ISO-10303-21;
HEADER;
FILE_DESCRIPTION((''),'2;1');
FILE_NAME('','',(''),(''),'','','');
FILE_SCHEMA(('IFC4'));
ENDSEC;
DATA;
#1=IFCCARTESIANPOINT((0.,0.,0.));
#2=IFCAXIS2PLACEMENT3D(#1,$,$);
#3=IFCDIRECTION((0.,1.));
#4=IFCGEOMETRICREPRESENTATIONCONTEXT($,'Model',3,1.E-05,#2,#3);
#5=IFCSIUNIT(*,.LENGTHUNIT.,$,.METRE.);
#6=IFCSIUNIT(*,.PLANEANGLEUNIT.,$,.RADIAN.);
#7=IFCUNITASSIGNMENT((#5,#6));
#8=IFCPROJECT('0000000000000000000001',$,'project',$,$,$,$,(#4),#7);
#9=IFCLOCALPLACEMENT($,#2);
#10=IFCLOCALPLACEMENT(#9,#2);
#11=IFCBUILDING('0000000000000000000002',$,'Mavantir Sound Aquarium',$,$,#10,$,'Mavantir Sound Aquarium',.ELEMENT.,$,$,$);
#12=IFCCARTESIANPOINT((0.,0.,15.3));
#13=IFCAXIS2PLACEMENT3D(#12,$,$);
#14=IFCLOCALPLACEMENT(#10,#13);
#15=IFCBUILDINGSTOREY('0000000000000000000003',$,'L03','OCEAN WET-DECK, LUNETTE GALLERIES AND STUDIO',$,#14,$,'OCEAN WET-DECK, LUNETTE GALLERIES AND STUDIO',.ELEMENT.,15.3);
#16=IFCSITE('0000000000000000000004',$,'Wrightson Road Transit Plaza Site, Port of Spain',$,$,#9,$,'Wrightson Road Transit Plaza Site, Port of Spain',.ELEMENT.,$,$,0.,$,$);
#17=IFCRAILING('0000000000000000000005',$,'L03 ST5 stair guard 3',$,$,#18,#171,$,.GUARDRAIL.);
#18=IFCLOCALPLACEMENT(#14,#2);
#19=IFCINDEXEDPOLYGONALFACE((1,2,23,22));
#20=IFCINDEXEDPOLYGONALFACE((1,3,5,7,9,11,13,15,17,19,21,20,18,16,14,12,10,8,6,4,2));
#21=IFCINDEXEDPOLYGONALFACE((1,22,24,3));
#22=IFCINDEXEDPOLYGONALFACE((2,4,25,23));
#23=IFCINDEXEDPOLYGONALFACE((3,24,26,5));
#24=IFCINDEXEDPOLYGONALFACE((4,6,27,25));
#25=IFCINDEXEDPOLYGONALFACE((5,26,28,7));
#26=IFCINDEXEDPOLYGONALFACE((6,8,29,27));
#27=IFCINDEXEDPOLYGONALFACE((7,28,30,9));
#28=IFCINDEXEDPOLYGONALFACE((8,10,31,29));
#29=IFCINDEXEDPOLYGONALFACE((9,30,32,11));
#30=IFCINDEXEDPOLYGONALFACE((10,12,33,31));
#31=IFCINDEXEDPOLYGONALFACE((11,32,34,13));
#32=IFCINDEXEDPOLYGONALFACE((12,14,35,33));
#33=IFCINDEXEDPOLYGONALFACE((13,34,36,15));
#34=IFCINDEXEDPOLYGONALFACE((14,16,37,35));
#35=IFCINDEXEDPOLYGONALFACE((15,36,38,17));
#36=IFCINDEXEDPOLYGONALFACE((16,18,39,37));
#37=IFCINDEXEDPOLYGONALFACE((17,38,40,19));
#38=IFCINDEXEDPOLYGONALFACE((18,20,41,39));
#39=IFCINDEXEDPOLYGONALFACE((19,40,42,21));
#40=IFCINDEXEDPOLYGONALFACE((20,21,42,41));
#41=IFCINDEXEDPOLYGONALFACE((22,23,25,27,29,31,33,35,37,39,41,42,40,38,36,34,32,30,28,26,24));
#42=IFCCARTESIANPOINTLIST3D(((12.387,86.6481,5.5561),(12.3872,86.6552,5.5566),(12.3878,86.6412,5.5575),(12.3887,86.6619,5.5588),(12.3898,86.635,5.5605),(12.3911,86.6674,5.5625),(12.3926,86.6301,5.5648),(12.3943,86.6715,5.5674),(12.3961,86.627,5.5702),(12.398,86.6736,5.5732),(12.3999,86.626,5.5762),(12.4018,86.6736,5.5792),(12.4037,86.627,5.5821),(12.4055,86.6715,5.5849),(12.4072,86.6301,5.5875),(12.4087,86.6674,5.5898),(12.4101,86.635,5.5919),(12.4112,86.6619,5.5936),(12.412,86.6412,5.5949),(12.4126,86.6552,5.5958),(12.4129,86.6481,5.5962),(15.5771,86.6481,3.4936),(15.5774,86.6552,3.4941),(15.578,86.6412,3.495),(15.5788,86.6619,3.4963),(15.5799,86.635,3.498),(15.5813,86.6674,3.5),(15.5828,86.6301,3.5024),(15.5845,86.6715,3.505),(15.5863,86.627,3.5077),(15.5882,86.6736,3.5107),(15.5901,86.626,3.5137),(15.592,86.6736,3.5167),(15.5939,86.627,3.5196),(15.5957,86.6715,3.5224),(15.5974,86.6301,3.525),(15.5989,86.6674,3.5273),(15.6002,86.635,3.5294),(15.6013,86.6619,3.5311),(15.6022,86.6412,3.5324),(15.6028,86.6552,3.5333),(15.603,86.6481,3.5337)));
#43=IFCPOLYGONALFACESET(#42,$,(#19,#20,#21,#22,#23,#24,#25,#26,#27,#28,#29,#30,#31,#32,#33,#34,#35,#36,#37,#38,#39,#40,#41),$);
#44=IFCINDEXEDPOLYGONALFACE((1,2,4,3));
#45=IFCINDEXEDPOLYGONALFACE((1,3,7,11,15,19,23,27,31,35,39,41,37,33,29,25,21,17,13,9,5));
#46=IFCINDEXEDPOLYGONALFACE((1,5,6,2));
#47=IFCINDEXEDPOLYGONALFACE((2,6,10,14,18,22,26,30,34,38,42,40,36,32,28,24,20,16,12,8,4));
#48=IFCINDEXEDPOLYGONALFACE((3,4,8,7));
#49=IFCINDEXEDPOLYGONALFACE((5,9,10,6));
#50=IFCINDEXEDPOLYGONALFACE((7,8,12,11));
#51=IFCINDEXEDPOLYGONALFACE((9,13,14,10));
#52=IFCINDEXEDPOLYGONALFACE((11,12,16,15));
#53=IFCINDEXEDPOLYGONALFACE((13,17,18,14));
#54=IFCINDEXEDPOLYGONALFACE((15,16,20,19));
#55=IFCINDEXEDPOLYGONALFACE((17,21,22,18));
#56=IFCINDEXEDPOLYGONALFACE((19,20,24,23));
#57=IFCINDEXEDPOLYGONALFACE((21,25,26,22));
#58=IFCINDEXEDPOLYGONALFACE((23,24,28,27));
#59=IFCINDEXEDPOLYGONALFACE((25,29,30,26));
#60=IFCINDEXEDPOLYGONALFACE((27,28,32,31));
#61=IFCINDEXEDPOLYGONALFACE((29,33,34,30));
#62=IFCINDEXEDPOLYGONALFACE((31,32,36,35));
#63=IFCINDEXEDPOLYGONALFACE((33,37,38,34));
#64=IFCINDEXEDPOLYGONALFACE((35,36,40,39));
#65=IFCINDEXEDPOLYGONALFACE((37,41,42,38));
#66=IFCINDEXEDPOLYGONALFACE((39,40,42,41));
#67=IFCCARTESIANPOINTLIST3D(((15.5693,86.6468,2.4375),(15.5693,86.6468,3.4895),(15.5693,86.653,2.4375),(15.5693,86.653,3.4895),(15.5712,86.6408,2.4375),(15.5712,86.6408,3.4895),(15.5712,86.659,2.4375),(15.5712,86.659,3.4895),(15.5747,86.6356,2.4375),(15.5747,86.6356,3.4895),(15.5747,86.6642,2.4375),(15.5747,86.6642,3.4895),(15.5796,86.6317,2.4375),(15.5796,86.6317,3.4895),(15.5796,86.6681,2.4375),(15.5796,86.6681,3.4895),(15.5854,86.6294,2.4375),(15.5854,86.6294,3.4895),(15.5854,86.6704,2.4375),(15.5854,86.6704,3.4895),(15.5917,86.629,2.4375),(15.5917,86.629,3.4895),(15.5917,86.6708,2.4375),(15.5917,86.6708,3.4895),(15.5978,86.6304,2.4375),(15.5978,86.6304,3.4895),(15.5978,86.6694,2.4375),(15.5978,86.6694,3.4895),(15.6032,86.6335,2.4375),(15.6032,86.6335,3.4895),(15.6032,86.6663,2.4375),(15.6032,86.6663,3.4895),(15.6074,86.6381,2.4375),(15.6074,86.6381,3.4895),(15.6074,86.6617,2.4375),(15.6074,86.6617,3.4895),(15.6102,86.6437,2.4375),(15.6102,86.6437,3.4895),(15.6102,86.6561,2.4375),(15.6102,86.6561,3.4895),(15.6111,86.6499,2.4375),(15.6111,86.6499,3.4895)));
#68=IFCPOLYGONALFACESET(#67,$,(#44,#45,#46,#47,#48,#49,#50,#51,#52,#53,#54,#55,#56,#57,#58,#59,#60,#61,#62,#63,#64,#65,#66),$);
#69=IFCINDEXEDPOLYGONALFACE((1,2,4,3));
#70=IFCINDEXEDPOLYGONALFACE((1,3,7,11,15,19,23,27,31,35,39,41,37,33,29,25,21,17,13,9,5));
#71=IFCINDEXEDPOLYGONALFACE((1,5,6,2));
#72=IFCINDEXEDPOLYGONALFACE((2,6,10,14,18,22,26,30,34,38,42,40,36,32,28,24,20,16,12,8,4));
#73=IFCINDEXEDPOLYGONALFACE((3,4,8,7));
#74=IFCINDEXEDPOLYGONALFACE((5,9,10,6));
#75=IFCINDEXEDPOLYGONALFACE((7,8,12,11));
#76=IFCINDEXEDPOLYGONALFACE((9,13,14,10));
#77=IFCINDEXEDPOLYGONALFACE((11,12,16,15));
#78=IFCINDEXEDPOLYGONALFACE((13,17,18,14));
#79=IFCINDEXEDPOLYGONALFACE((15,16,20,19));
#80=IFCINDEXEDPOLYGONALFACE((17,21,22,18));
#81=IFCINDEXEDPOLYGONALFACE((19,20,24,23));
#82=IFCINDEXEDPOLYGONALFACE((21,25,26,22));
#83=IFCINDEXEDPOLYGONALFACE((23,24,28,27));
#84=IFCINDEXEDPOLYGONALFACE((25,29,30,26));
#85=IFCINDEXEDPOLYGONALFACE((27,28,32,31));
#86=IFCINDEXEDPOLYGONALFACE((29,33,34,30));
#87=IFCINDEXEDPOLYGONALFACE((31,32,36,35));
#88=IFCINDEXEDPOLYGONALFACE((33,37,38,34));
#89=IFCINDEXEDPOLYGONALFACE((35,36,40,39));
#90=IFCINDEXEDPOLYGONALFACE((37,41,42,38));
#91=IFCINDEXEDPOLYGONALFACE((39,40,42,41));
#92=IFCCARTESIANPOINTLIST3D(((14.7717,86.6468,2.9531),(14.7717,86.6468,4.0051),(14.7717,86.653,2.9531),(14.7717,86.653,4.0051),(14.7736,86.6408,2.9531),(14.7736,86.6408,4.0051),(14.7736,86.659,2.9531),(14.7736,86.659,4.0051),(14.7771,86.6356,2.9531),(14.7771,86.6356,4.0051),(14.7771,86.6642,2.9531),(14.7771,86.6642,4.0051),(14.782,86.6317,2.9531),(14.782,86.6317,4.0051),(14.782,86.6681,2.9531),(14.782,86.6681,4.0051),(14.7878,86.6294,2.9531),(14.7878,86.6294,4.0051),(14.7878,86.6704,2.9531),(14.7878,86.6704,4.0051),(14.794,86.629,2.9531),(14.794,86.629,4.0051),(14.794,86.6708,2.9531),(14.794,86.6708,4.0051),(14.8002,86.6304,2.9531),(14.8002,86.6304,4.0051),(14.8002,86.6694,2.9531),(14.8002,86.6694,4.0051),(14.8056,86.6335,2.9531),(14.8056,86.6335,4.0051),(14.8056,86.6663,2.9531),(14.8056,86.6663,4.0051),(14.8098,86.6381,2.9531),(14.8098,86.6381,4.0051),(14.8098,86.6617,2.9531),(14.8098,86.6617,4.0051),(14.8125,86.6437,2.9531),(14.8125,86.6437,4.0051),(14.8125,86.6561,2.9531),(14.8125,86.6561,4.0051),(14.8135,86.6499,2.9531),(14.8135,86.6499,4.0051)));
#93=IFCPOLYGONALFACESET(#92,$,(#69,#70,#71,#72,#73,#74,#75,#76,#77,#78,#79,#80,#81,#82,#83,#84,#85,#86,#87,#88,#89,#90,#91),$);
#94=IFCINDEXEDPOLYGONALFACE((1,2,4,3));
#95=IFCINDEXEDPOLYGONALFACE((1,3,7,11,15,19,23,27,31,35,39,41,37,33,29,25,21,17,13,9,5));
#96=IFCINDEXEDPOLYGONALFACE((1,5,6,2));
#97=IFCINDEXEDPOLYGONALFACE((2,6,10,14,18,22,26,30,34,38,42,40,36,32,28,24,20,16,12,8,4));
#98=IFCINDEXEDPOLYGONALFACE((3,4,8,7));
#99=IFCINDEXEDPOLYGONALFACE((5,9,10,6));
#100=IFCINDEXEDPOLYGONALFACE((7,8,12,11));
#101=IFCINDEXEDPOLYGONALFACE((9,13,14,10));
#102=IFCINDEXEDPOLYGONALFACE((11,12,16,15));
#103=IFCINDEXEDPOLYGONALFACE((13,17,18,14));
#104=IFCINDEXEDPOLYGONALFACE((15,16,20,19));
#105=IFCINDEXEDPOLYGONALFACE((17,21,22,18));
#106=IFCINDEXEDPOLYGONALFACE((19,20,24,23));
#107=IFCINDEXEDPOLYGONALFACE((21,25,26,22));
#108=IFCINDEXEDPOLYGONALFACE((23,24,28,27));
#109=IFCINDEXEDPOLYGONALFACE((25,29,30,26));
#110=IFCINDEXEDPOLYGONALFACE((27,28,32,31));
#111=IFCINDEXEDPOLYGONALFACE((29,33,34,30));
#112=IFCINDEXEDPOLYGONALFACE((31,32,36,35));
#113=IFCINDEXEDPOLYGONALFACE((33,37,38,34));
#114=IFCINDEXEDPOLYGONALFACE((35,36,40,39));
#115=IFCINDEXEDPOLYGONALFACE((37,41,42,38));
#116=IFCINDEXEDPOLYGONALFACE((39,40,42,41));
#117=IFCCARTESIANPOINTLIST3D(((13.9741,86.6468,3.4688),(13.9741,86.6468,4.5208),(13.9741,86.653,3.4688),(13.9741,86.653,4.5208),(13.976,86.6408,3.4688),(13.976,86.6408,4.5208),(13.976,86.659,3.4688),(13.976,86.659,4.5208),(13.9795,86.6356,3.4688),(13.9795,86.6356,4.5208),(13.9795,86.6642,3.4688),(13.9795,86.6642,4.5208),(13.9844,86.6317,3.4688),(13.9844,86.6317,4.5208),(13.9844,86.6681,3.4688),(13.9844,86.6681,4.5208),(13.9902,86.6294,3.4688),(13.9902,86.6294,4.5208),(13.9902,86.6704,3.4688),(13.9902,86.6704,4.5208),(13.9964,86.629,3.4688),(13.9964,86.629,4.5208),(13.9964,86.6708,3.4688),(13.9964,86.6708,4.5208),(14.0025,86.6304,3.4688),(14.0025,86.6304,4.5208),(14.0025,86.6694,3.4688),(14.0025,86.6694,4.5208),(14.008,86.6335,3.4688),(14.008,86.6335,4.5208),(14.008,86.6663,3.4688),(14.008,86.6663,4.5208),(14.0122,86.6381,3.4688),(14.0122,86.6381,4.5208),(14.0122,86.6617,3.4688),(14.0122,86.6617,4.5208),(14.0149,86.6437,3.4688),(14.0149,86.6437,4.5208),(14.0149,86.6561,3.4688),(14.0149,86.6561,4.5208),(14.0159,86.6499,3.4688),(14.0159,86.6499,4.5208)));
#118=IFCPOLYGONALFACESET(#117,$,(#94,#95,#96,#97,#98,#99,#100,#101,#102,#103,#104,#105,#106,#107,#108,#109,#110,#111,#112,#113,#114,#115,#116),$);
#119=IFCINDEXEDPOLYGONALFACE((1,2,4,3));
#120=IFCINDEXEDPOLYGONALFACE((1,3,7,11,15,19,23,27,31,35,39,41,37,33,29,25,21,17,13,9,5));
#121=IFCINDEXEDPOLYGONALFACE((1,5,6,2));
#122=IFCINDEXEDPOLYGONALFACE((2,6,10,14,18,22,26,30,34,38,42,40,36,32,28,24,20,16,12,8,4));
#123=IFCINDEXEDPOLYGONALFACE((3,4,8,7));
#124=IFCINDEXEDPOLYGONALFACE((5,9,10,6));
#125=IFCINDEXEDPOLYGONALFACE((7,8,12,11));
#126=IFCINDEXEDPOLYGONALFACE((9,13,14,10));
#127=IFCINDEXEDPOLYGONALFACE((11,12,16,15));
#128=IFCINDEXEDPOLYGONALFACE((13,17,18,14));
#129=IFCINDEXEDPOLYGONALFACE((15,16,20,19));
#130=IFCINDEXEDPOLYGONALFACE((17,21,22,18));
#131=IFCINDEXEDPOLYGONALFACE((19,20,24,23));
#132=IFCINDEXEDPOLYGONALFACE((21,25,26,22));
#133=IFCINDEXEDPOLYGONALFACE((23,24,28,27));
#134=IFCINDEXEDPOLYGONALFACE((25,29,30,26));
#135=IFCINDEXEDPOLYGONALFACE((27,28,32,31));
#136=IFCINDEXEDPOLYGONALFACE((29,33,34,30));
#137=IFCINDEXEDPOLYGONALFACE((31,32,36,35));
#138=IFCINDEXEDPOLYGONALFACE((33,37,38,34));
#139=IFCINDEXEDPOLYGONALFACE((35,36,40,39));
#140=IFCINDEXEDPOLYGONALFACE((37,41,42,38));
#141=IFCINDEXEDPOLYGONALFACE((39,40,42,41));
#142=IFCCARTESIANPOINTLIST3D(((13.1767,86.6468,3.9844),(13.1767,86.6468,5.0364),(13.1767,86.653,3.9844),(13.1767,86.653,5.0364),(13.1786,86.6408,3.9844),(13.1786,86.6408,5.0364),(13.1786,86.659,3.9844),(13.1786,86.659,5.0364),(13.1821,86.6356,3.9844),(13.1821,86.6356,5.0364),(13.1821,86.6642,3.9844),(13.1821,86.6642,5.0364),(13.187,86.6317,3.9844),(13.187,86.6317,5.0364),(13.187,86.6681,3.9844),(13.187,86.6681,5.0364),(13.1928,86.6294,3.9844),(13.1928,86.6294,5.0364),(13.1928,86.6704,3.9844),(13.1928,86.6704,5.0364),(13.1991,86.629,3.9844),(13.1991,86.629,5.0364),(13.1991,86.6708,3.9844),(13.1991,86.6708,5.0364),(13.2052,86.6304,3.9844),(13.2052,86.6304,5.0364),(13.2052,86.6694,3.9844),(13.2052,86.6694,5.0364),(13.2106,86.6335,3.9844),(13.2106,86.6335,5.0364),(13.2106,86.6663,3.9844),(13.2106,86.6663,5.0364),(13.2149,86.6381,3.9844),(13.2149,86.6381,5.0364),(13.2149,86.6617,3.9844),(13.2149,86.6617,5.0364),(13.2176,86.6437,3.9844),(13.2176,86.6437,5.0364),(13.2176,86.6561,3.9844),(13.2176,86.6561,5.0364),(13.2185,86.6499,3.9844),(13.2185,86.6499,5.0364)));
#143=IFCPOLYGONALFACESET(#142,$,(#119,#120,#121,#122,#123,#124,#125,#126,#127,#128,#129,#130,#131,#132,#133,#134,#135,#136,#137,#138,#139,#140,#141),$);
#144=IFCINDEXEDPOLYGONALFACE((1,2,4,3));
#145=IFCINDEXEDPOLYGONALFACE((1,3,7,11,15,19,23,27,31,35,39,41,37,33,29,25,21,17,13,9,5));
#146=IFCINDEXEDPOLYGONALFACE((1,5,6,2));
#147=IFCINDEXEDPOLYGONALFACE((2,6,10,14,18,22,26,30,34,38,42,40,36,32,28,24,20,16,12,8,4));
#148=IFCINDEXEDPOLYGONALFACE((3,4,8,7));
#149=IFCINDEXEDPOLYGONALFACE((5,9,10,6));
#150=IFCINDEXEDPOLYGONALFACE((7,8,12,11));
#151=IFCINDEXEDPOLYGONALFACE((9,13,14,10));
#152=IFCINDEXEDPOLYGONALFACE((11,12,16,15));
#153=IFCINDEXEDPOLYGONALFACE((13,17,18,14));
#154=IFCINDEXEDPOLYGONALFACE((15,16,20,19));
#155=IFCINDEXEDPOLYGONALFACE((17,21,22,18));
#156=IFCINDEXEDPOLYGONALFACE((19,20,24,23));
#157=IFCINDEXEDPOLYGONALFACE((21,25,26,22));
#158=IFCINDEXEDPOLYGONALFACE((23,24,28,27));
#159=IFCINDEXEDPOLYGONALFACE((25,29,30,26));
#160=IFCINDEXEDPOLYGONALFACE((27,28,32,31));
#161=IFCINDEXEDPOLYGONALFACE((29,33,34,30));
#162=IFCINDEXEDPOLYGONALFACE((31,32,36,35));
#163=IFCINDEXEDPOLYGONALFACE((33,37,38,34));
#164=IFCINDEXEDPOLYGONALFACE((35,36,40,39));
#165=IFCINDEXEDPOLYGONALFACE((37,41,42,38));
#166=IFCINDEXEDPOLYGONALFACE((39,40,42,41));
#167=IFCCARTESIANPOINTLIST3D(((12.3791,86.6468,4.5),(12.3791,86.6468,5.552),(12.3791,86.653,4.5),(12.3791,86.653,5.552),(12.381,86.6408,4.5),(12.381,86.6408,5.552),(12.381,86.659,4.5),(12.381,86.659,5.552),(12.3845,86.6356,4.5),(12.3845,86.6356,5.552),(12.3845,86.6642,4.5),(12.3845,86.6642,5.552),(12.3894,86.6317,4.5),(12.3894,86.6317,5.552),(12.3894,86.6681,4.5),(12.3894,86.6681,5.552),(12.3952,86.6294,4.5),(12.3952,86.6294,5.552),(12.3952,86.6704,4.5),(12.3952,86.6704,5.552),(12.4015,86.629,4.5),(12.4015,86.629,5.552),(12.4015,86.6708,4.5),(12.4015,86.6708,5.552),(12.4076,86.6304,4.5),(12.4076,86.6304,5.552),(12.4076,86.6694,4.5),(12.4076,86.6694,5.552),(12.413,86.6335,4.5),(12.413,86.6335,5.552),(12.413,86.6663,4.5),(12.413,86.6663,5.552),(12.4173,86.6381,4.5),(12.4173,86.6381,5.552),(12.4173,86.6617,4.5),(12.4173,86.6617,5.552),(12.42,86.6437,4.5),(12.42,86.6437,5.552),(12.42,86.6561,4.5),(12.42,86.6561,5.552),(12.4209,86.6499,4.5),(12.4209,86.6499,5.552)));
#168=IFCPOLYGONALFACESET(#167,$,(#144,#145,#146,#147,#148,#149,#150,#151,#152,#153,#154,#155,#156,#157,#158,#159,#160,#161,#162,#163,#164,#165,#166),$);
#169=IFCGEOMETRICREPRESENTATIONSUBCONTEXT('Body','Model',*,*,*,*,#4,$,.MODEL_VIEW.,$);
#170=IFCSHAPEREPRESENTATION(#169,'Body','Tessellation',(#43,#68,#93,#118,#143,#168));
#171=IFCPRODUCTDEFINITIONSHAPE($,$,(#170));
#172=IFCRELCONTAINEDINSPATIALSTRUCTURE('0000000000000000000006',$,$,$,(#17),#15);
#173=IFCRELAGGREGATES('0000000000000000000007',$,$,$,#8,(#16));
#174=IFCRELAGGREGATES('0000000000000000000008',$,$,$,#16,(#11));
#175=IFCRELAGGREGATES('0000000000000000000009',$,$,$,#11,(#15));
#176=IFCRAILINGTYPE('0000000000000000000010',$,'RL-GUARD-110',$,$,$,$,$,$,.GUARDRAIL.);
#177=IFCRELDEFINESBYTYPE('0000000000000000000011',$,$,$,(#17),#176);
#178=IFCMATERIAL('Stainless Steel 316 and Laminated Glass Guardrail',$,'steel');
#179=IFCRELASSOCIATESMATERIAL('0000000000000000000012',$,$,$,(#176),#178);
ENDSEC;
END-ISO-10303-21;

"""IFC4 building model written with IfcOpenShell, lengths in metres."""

from ifc_helpers import new_model, si_unit, direction, frame, origin, origin_2d, place, context, subcontext, project, spatial, circle, extrude, material, type_object, element, save


model = new_model("IFC4")

# Units and contexts
model_context = context("Model", 3, precision=1e-05, world=origin(), true_north=direction((0.0, 1.0)))
body_context = subcontext(model_context, "Body", "Model", "MODEL_VIEW")
ifc_project = project(units=[si_unit("LENGTHUNIT", "METRE"), si_unit("PLANEANGLEUNIT", "RADIAN")], contexts=[model_context])

# Site, building, storey
site_placement = place(None, origin())
site = spatial("IfcSite", under=ifc_project, at=site_placement, Name="Wrightson Road Transit Plaza Site, Port of Spain", LongName="Wrightson Road Transit Plaza Site, Port of Spain", CompositionType="ELEMENT", RefElevation=0.0)
building_placement = place(site_placement, origin())
building = spatial("IfcBuilding", under=site, at=building_placement, Name="Mavantir Sound Aquarium", LongName="Mavantir Sound Aquarium", CompositionType="ELEMENT")
storey_placement = place(building_placement, frame((0.0, 0.0, 15.3)))
storey = spatial("IfcBuildingStorey", under=building, at=storey_placement, Name="L03", Description="OCEAN WET-DECK, LUNETTE GALLERIES AND STUDIO", LongName="OCEAN WET-DECK, LUNETTE GALLERIES AND STUDIO", CompositionType="ELEMENT", Elevation=15.3)

# Railing
ifc_material_1 = material(Name="Stainless Steel 316 and Laminated Glass Guardrail", Category="steel")
railing_type_1 = type_object("IfcRailingType", Name="RL-GUARD-110", PredefinedType="GUARDRAIL", material=ifc_material_1)
railing_1_placement = place(storey_placement, frame((15.5901, 86.6499, 2.4375)))
element("IfcRailing", 1, at=railing_1_placement, inside=storey, type_object=railing_type_1, Name="L03 ST5 stair guard 3", PredefinedType="GUARDRAIL", context=body_context, shape_type="SweptSolid", body=[
    extrude(circle(Radius=0.0239, at=origin_2d()), frame((0.0, 0.0, 1.0762), z_axis=(-0.839779, 0.0, 0.542929), x_axis=(0.0, -1.0, 0.0)), (0.0, 0.0, 1.0), 3.7988),
    extrude(circle(Radius=0.021, at=origin_2d()), origin(), (0.0, 0.0, 1.0), 1.052),
    extrude(circle(Radius=0.021, at=origin_2d()), frame((-0.7976, 0.0, 0.5156)), (0.0, 0.0, 1.0), 1.052),
    extrude(circle(Radius=0.021, at=origin_2d()), frame((-1.5952, 0.0, 1.0312)), (0.0, 0.0, 1.0), 1.052),
    extrude(circle(Radius=0.021, at=origin_2d()), frame((-2.3926, 0.0, 1.5469)), (0.0, 0.0, 1.0), 1.052),
    extrude(circle(Radius=0.021, at=origin_2d()), frame((-3.1902, 0.0, 2.0625)), (0.0, 0.0, 1.0), 1.052),
])

save(model, "model.ifc")
